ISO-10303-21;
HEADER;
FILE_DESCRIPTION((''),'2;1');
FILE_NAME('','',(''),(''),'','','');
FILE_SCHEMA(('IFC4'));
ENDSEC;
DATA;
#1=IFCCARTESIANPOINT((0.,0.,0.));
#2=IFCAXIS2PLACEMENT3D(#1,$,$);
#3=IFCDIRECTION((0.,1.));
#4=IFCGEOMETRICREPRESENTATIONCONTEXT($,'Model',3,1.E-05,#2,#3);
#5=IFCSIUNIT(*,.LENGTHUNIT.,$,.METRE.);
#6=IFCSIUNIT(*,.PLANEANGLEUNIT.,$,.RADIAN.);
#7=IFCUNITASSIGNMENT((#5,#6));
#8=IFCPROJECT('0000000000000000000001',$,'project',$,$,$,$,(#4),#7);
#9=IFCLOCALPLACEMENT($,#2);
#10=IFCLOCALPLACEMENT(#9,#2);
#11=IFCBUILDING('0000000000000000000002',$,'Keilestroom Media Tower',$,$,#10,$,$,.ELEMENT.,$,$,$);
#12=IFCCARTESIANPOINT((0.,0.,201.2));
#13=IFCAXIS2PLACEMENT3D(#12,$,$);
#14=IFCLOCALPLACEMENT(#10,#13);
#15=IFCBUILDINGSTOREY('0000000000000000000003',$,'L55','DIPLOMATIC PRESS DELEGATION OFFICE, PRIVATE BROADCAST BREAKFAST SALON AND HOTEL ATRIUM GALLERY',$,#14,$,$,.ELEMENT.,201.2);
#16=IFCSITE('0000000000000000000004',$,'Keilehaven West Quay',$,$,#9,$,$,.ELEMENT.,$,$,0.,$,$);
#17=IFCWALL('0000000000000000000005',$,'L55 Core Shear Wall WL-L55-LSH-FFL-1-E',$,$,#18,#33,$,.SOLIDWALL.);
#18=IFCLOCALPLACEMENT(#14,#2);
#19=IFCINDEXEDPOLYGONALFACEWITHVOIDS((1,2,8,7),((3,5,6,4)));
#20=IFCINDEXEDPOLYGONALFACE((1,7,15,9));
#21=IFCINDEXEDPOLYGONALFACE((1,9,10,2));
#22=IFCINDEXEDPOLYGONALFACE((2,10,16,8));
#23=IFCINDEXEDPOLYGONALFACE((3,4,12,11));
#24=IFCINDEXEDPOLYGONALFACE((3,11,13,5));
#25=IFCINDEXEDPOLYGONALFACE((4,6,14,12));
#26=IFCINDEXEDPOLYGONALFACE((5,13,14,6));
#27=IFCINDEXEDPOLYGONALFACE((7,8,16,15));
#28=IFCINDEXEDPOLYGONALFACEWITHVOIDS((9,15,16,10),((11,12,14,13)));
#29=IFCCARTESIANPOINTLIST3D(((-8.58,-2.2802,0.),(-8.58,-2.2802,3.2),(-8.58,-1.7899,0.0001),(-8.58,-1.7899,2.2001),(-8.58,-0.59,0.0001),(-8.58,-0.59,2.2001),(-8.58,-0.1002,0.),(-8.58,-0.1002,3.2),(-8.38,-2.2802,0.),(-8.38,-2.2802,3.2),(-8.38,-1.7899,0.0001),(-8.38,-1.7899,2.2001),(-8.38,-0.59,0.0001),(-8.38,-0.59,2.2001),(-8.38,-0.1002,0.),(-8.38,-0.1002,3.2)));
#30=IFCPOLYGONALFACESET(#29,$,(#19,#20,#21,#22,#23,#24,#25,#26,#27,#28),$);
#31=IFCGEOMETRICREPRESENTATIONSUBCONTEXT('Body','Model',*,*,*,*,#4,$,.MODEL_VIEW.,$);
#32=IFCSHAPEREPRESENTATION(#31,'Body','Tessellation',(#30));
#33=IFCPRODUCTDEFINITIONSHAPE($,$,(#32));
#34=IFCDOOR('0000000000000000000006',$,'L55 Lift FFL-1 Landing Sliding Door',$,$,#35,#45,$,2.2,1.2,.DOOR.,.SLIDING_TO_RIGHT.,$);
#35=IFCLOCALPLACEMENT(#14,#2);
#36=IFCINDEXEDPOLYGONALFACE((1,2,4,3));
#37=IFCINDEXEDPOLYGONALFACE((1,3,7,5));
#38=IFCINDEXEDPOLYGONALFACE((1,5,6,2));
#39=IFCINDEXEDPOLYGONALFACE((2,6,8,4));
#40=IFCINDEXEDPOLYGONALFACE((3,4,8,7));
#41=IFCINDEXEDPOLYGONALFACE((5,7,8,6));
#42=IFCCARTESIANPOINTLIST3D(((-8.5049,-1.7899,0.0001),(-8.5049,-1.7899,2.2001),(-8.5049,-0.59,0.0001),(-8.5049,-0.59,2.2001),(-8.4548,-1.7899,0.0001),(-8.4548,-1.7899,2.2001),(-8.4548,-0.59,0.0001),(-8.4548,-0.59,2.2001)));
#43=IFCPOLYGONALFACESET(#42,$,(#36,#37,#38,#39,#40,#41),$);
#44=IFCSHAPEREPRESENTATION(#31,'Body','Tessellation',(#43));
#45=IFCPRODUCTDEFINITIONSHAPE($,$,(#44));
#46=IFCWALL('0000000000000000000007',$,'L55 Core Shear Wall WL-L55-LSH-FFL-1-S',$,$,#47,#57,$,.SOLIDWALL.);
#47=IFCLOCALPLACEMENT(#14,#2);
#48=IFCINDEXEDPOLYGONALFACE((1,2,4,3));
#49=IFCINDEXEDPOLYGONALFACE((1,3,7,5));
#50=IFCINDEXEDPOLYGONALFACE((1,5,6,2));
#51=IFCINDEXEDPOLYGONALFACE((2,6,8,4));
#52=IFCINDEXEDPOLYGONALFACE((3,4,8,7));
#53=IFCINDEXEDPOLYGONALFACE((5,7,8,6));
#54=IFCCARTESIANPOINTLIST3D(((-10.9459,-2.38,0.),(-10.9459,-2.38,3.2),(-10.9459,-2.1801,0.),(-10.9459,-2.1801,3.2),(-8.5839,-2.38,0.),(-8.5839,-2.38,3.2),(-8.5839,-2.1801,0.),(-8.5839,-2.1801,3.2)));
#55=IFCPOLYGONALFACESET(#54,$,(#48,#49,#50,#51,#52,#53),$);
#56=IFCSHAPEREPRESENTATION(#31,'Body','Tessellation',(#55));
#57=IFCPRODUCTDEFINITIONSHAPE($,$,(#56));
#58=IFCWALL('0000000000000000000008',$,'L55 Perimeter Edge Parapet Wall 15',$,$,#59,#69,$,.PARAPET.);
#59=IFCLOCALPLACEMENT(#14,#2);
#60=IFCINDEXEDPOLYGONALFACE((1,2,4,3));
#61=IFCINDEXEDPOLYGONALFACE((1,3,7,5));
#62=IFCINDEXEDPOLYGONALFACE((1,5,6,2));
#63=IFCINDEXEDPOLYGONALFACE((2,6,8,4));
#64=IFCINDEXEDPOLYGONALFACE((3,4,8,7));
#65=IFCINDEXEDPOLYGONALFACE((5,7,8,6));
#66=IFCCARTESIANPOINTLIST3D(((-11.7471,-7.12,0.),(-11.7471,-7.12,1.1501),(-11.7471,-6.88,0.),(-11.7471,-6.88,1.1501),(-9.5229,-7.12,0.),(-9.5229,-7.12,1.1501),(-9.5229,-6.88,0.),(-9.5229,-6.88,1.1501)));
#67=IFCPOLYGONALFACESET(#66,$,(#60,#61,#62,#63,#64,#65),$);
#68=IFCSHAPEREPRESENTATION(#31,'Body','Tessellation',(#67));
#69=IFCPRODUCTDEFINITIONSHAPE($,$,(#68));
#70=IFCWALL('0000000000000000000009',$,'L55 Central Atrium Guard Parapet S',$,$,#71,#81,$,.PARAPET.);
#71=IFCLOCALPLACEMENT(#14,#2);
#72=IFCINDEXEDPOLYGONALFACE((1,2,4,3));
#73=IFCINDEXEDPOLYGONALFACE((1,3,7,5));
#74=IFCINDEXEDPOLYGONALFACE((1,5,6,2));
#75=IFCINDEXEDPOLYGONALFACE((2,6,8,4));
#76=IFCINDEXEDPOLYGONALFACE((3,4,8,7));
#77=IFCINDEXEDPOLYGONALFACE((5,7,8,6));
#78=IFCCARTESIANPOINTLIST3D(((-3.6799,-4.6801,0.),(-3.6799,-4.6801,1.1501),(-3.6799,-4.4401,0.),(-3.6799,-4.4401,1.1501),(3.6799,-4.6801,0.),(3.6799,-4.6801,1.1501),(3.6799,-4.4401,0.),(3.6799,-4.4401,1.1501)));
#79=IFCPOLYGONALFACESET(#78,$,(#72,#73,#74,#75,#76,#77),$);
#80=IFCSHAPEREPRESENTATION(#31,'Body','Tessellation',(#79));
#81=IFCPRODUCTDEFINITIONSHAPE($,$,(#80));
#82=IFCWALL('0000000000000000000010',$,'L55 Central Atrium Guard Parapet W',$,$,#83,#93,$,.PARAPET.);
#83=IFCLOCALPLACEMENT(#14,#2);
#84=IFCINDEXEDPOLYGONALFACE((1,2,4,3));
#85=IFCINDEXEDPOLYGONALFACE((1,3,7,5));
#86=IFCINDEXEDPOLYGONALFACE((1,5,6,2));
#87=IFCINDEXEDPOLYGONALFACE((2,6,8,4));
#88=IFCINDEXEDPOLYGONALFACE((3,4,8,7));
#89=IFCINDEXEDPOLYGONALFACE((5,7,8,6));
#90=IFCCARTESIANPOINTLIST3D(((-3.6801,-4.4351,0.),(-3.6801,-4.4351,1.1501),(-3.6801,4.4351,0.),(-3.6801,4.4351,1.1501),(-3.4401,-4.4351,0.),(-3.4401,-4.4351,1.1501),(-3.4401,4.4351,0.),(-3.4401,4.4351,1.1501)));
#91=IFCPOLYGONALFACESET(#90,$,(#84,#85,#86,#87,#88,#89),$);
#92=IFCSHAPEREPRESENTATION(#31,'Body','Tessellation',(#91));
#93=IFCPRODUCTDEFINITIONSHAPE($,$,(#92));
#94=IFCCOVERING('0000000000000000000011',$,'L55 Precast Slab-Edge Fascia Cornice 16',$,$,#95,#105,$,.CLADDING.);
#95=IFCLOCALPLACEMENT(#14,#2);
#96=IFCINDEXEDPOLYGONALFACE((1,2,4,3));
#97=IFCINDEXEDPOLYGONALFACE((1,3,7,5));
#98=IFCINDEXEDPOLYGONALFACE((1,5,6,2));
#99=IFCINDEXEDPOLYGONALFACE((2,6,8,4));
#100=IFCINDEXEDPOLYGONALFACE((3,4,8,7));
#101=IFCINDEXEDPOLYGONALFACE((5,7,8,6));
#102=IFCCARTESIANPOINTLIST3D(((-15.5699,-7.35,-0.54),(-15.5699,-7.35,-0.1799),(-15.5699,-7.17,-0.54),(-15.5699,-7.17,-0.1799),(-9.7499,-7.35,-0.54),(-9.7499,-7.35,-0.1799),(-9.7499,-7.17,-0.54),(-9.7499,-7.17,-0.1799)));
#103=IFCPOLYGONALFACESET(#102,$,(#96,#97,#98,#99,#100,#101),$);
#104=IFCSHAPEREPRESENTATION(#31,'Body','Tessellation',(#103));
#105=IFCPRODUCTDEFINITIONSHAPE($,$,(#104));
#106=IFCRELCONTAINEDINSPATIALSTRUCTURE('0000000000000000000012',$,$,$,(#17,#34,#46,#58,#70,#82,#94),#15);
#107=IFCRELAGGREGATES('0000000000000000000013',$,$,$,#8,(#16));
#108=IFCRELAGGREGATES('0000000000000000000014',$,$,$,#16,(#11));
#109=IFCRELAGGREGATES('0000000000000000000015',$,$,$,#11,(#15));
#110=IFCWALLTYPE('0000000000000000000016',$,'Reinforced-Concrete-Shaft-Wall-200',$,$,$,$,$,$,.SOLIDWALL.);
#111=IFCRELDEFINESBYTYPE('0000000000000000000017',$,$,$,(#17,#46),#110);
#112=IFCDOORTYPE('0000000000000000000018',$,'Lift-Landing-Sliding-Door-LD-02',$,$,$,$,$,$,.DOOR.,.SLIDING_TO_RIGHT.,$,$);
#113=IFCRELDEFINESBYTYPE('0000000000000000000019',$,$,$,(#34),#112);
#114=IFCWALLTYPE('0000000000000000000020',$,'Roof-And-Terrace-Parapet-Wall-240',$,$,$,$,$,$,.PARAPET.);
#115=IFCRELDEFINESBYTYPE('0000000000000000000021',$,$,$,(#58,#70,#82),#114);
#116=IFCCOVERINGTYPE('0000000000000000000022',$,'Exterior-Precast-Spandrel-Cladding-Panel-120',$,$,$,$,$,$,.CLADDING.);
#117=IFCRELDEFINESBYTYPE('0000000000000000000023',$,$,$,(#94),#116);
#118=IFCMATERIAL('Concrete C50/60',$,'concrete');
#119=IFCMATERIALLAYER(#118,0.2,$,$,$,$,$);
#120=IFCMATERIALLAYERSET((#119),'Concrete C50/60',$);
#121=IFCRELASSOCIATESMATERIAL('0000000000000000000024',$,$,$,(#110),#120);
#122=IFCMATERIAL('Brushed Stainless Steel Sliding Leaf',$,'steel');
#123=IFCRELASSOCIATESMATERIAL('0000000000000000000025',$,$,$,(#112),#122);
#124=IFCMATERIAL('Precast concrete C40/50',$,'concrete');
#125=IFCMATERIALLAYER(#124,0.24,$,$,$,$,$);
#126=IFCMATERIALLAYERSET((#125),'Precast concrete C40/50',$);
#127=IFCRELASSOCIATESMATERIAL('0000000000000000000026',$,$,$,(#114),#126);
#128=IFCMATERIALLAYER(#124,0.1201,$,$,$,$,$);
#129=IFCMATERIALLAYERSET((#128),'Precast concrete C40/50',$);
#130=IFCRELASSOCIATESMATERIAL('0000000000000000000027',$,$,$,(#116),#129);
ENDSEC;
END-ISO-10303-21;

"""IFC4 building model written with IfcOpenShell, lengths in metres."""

from ifc_helpers import new_model, si_unit, direction, frame, frame_2d, origin, origin_2d, place, context, subcontext, project, spatial, rectangle, extrude, source, transform, mapped, material, layer, layer_set, type_object, element, fill, save


model = new_model("IFC4")

# Units and contexts
model_context = context("Model", 3, precision=1e-05, world=origin(), true_north=direction((0.0, 1.0)))
body_context = subcontext(model_context, "Body", "Model", "MODEL_VIEW")
ifc_project = project(units=[si_unit("LENGTHUNIT", "METRE"), si_unit("PLANEANGLEUNIT", "RADIAN")], contexts=[model_context])

# Site, building, storey
site_placement = place(None, origin())
site = spatial("IfcSite", under=ifc_project, at=site_placement, Name="Keilehaven West Quay", CompositionType="ELEMENT", RefElevation=0.0)
building_placement = place(site_placement, origin())
building = spatial("IfcBuilding", under=site, at=building_placement, Name="Keilestroom Media Tower", CompositionType="ELEMENT")
storey_placement = place(building_placement, frame((0.0, 0.0, 201.2)))
storey = spatial("IfcBuildingStorey", under=building, at=storey_placement, Name="L55", Description="DIPLOMATIC PRESS DELEGATION OFFICE, PRIVATE BROADCAST BREAKFAST SALON AND HOTEL ATRIUM GALLERY", CompositionType="ELEMENT", Elevation=201.2)

# Shared definitions
ifc_material_1 = material(Name="Precast concrete C40/50", Category="concrete")

# Shared definitions
shared_shape_1 = source(origin(), body_context, "Body", "SweptSolid", [
    extrude(rectangle(XDim=1.2, YDim=2.2, at=frame_2d((0.6001, 1.1001))), frame((0.0, 0.0249, 0.0), z_axis=(0.0, -1.0, 0.0), x_axis=(1.0, 0.0, 0.0)), (0.0, 0.0, 1.0), 0.05),
])

# Shared definitions
ifc_material_2 = material(Name="Concrete C50/60", Category="concrete")
ifc_layer_1 = layer(ifc_material_2, 0.2)
ifc_layer_set_1 = layer_set([ifc_layer_1], Name="Concrete C50/60")
wall_type_1 = type_object("IfcWallType", Name="Reinforced-Concrete-Shaft-Wall-200", PredefinedType="SOLIDWALL", material=ifc_layer_set_1)

# Wall, opening, door
wall_1_placement = place(storey_placement, frame((-8.48, -2.28, 0.0), z_axis=(0.0, 0.0, 1.0), x_axis=(0.0, 1.0, 0.0)))
wall_1 = element("IfcWall", 1, at=wall_1_placement, inside=storey, type_object=wall_type_1, Name="L55 Core Shear Wall WL-L55-LSH-FFL-1-E", PredefinedType="SOLIDWALL", context=body_context, shape_type="SweptSolid", body=[
    extrude(rectangle(XDim=2.1799, YDim=0.2, at=frame_2d((1.0898, 0.0))), origin(), (0.0, 0.0, 1.0), 3.2),
])
opening_1_placement = place(wall_1_placement, frame((0.49, 0.0, 0.0)))
opening_1 = element("IfcOpeningElement", 2, at=opening_1_placement, cuts=wall_1, PredefinedType="OPENING", context=body_context, shape_type="SweptSolid", body=[
    extrude(rectangle(XDim=1.2, YDim=2.2, at=frame_2d((0.6001, 1.1001))), frame((0.0, 0.1099, 0.0), z_axis=(0.0, -1.0, 0.0), x_axis=(1.0, 0.0, 0.0)), (0.0, 0.0, 1.0), 0.22),
])
ifc_material_3 = material(Name="Brushed Stainless Steel Sliding Leaf", Category="steel")
door_type_1 = type_object("IfcDoorType", Name="Lift-Landing-Sliding-Door-LD-02", OperationType="SLIDING_TO_RIGHT", PredefinedType="DOOR", material=ifc_material_3)
door_1_placement = place(opening_1_placement, origin())
door_1 = element("IfcDoor", 3, at=door_1_placement, inside=storey, type_object=door_type_1, Name="L55 Lift FFL-1 Landing Sliding Door", OperationType="SLIDING_TO_RIGHT", OverallHeight=2.2, OverallWidth=1.2, PredefinedType="DOOR", context=body_context, shape_type="MappedRepresentation", body=[
    mapped(shared_shape_1, transform((0.0, 0.0, 0.0), x_axis=(1.0, 0.0, 0.0), y_axis=(0.0, 1.0, 0.0), z_axis=(0.0, 0.0, 1.0), scale=1.0)),
])
fill(opening_1, door_1)

# Walls
wall_2_placement = place(storey_placement, frame((-10.946, -2.28, 0.0), z_axis=(0.0, 0.0, 1.0), x_axis=(1.0, 0.0, 0.0)))
element("IfcWall", 4, at=wall_2_placement, inside=storey, type_object=wall_type_1, Name="L55 Core Shear Wall WL-L55-LSH-FFL-1-S", PredefinedType="SOLIDWALL", context=body_context, shape_type="SweptSolid", body=[
    extrude(rectangle(XDim=2.3621, YDim=0.2, at=frame_2d((1.1812, 0.0))), origin(), (0.0, 0.0, 1.0), 3.2),
])
ifc_layer_2 = layer(ifc_material_1, 0.24)
ifc_layer_set_2 = layer_set([ifc_layer_2], Name="Precast concrete C40/50")
wall_type_2 = type_object("IfcWallType", Name="Roof-And-Terrace-Parapet-Wall-240", PredefinedType="PARAPET", material=ifc_layer_set_2)
wall_3_placement = place(storey_placement, frame((-9.5229, -7.0, 0.0), z_axis=(0.0, 0.0, 1.0), x_axis=(-1.0, 0.0, 0.0)))
element("IfcWall", 5, at=wall_3_placement, inside=storey, type_object=wall_type_2, Name="L55 Perimeter Edge Parapet Wall 15", PredefinedType="PARAPET", context=body_context, shape_type="SweptSolid", body=[
    extrude(rectangle(XDim=2.2241, YDim=0.24, at=frame_2d((1.1121, 0.0))), origin(), (0.0, 0.0, 1.0), 1.1501),
])
wall_4_placement = place(storey_placement, frame((-3.6799, -4.5601, 0.0), z_axis=(0.0, 0.0, 1.0), x_axis=(1.0, 0.0, 0.0)))
element("IfcWall", 6, at=wall_4_placement, inside=storey, type_object=wall_type_2, Name="L55 Central Atrium Guard Parapet S", PredefinedType="PARAPET", context=body_context, shape_type="SweptSolid", body=[
    extrude(rectangle(XDim=7.3599, YDim=0.24, at=frame_2d((3.6799, 0.0))), origin(), (0.0, 0.0, 1.0), 1.1501),
])
wall_5_placement = place(storey_placement, frame((-3.5601, -4.4351, 0.0), z_axis=(0.0, 0.0, 1.0), x_axis=(0.0, 1.0, 0.0)))
element("IfcWall", 7, at=wall_5_placement, inside=storey, type_object=wall_type_2, Name="L55 Central Atrium Guard Parapet W", PredefinedType="PARAPET", context=body_context, shape_type="SweptSolid", body=[
    extrude(rectangle(XDim=8.8701, YDim=0.24, at=frame_2d((4.4351, 0.0))), origin(), (0.0, 0.0, 1.0), 1.1501),
])

# Covering
ifc_layer_3 = layer(ifc_material_1, 0.1201)
ifc_layer_set_3 = layer_set([ifc_layer_3], Name="Precast concrete C40/50")
covering_type = type_object("IfcCoveringType", Name="Exterior-Precast-Spandrel-Cladding-Panel-120", PredefinedType="CLADDING", material=ifc_layer_set_3)
shared_shape_2 = source(origin(), body_context, "Body", "SweptSolid", [
    extrude(rectangle(XDim=5.8201, YDim=0.1799, at=origin_2d()), origin(), (0.0, 0.0, 1.0), 0.3601),
])
covering_placement = place(storey_placement, frame((-12.6599, -7.26, -0.54), z_axis=(0.0, 0.0, 1.0), x_axis=(-1.0, 0.0, 0.0)))
element("IfcCovering", 8, at=covering_placement, inside=storey, type_object=covering_type, Name="L55 Precast Slab-Edge Fascia Cornice 16", PredefinedType="CLADDING", context=body_context, shape_type="MappedRepresentation", body=[
    mapped(shared_shape_2, transform((0.0, 0.0, 0.0), x_axis=(1.0, 0.0, 0.0), y_axis=(0.0, 1.0, 0.0), z_axis=(0.0, 0.0, 1.0), scale=1.0)),
])

save(model, "model.ifc")
